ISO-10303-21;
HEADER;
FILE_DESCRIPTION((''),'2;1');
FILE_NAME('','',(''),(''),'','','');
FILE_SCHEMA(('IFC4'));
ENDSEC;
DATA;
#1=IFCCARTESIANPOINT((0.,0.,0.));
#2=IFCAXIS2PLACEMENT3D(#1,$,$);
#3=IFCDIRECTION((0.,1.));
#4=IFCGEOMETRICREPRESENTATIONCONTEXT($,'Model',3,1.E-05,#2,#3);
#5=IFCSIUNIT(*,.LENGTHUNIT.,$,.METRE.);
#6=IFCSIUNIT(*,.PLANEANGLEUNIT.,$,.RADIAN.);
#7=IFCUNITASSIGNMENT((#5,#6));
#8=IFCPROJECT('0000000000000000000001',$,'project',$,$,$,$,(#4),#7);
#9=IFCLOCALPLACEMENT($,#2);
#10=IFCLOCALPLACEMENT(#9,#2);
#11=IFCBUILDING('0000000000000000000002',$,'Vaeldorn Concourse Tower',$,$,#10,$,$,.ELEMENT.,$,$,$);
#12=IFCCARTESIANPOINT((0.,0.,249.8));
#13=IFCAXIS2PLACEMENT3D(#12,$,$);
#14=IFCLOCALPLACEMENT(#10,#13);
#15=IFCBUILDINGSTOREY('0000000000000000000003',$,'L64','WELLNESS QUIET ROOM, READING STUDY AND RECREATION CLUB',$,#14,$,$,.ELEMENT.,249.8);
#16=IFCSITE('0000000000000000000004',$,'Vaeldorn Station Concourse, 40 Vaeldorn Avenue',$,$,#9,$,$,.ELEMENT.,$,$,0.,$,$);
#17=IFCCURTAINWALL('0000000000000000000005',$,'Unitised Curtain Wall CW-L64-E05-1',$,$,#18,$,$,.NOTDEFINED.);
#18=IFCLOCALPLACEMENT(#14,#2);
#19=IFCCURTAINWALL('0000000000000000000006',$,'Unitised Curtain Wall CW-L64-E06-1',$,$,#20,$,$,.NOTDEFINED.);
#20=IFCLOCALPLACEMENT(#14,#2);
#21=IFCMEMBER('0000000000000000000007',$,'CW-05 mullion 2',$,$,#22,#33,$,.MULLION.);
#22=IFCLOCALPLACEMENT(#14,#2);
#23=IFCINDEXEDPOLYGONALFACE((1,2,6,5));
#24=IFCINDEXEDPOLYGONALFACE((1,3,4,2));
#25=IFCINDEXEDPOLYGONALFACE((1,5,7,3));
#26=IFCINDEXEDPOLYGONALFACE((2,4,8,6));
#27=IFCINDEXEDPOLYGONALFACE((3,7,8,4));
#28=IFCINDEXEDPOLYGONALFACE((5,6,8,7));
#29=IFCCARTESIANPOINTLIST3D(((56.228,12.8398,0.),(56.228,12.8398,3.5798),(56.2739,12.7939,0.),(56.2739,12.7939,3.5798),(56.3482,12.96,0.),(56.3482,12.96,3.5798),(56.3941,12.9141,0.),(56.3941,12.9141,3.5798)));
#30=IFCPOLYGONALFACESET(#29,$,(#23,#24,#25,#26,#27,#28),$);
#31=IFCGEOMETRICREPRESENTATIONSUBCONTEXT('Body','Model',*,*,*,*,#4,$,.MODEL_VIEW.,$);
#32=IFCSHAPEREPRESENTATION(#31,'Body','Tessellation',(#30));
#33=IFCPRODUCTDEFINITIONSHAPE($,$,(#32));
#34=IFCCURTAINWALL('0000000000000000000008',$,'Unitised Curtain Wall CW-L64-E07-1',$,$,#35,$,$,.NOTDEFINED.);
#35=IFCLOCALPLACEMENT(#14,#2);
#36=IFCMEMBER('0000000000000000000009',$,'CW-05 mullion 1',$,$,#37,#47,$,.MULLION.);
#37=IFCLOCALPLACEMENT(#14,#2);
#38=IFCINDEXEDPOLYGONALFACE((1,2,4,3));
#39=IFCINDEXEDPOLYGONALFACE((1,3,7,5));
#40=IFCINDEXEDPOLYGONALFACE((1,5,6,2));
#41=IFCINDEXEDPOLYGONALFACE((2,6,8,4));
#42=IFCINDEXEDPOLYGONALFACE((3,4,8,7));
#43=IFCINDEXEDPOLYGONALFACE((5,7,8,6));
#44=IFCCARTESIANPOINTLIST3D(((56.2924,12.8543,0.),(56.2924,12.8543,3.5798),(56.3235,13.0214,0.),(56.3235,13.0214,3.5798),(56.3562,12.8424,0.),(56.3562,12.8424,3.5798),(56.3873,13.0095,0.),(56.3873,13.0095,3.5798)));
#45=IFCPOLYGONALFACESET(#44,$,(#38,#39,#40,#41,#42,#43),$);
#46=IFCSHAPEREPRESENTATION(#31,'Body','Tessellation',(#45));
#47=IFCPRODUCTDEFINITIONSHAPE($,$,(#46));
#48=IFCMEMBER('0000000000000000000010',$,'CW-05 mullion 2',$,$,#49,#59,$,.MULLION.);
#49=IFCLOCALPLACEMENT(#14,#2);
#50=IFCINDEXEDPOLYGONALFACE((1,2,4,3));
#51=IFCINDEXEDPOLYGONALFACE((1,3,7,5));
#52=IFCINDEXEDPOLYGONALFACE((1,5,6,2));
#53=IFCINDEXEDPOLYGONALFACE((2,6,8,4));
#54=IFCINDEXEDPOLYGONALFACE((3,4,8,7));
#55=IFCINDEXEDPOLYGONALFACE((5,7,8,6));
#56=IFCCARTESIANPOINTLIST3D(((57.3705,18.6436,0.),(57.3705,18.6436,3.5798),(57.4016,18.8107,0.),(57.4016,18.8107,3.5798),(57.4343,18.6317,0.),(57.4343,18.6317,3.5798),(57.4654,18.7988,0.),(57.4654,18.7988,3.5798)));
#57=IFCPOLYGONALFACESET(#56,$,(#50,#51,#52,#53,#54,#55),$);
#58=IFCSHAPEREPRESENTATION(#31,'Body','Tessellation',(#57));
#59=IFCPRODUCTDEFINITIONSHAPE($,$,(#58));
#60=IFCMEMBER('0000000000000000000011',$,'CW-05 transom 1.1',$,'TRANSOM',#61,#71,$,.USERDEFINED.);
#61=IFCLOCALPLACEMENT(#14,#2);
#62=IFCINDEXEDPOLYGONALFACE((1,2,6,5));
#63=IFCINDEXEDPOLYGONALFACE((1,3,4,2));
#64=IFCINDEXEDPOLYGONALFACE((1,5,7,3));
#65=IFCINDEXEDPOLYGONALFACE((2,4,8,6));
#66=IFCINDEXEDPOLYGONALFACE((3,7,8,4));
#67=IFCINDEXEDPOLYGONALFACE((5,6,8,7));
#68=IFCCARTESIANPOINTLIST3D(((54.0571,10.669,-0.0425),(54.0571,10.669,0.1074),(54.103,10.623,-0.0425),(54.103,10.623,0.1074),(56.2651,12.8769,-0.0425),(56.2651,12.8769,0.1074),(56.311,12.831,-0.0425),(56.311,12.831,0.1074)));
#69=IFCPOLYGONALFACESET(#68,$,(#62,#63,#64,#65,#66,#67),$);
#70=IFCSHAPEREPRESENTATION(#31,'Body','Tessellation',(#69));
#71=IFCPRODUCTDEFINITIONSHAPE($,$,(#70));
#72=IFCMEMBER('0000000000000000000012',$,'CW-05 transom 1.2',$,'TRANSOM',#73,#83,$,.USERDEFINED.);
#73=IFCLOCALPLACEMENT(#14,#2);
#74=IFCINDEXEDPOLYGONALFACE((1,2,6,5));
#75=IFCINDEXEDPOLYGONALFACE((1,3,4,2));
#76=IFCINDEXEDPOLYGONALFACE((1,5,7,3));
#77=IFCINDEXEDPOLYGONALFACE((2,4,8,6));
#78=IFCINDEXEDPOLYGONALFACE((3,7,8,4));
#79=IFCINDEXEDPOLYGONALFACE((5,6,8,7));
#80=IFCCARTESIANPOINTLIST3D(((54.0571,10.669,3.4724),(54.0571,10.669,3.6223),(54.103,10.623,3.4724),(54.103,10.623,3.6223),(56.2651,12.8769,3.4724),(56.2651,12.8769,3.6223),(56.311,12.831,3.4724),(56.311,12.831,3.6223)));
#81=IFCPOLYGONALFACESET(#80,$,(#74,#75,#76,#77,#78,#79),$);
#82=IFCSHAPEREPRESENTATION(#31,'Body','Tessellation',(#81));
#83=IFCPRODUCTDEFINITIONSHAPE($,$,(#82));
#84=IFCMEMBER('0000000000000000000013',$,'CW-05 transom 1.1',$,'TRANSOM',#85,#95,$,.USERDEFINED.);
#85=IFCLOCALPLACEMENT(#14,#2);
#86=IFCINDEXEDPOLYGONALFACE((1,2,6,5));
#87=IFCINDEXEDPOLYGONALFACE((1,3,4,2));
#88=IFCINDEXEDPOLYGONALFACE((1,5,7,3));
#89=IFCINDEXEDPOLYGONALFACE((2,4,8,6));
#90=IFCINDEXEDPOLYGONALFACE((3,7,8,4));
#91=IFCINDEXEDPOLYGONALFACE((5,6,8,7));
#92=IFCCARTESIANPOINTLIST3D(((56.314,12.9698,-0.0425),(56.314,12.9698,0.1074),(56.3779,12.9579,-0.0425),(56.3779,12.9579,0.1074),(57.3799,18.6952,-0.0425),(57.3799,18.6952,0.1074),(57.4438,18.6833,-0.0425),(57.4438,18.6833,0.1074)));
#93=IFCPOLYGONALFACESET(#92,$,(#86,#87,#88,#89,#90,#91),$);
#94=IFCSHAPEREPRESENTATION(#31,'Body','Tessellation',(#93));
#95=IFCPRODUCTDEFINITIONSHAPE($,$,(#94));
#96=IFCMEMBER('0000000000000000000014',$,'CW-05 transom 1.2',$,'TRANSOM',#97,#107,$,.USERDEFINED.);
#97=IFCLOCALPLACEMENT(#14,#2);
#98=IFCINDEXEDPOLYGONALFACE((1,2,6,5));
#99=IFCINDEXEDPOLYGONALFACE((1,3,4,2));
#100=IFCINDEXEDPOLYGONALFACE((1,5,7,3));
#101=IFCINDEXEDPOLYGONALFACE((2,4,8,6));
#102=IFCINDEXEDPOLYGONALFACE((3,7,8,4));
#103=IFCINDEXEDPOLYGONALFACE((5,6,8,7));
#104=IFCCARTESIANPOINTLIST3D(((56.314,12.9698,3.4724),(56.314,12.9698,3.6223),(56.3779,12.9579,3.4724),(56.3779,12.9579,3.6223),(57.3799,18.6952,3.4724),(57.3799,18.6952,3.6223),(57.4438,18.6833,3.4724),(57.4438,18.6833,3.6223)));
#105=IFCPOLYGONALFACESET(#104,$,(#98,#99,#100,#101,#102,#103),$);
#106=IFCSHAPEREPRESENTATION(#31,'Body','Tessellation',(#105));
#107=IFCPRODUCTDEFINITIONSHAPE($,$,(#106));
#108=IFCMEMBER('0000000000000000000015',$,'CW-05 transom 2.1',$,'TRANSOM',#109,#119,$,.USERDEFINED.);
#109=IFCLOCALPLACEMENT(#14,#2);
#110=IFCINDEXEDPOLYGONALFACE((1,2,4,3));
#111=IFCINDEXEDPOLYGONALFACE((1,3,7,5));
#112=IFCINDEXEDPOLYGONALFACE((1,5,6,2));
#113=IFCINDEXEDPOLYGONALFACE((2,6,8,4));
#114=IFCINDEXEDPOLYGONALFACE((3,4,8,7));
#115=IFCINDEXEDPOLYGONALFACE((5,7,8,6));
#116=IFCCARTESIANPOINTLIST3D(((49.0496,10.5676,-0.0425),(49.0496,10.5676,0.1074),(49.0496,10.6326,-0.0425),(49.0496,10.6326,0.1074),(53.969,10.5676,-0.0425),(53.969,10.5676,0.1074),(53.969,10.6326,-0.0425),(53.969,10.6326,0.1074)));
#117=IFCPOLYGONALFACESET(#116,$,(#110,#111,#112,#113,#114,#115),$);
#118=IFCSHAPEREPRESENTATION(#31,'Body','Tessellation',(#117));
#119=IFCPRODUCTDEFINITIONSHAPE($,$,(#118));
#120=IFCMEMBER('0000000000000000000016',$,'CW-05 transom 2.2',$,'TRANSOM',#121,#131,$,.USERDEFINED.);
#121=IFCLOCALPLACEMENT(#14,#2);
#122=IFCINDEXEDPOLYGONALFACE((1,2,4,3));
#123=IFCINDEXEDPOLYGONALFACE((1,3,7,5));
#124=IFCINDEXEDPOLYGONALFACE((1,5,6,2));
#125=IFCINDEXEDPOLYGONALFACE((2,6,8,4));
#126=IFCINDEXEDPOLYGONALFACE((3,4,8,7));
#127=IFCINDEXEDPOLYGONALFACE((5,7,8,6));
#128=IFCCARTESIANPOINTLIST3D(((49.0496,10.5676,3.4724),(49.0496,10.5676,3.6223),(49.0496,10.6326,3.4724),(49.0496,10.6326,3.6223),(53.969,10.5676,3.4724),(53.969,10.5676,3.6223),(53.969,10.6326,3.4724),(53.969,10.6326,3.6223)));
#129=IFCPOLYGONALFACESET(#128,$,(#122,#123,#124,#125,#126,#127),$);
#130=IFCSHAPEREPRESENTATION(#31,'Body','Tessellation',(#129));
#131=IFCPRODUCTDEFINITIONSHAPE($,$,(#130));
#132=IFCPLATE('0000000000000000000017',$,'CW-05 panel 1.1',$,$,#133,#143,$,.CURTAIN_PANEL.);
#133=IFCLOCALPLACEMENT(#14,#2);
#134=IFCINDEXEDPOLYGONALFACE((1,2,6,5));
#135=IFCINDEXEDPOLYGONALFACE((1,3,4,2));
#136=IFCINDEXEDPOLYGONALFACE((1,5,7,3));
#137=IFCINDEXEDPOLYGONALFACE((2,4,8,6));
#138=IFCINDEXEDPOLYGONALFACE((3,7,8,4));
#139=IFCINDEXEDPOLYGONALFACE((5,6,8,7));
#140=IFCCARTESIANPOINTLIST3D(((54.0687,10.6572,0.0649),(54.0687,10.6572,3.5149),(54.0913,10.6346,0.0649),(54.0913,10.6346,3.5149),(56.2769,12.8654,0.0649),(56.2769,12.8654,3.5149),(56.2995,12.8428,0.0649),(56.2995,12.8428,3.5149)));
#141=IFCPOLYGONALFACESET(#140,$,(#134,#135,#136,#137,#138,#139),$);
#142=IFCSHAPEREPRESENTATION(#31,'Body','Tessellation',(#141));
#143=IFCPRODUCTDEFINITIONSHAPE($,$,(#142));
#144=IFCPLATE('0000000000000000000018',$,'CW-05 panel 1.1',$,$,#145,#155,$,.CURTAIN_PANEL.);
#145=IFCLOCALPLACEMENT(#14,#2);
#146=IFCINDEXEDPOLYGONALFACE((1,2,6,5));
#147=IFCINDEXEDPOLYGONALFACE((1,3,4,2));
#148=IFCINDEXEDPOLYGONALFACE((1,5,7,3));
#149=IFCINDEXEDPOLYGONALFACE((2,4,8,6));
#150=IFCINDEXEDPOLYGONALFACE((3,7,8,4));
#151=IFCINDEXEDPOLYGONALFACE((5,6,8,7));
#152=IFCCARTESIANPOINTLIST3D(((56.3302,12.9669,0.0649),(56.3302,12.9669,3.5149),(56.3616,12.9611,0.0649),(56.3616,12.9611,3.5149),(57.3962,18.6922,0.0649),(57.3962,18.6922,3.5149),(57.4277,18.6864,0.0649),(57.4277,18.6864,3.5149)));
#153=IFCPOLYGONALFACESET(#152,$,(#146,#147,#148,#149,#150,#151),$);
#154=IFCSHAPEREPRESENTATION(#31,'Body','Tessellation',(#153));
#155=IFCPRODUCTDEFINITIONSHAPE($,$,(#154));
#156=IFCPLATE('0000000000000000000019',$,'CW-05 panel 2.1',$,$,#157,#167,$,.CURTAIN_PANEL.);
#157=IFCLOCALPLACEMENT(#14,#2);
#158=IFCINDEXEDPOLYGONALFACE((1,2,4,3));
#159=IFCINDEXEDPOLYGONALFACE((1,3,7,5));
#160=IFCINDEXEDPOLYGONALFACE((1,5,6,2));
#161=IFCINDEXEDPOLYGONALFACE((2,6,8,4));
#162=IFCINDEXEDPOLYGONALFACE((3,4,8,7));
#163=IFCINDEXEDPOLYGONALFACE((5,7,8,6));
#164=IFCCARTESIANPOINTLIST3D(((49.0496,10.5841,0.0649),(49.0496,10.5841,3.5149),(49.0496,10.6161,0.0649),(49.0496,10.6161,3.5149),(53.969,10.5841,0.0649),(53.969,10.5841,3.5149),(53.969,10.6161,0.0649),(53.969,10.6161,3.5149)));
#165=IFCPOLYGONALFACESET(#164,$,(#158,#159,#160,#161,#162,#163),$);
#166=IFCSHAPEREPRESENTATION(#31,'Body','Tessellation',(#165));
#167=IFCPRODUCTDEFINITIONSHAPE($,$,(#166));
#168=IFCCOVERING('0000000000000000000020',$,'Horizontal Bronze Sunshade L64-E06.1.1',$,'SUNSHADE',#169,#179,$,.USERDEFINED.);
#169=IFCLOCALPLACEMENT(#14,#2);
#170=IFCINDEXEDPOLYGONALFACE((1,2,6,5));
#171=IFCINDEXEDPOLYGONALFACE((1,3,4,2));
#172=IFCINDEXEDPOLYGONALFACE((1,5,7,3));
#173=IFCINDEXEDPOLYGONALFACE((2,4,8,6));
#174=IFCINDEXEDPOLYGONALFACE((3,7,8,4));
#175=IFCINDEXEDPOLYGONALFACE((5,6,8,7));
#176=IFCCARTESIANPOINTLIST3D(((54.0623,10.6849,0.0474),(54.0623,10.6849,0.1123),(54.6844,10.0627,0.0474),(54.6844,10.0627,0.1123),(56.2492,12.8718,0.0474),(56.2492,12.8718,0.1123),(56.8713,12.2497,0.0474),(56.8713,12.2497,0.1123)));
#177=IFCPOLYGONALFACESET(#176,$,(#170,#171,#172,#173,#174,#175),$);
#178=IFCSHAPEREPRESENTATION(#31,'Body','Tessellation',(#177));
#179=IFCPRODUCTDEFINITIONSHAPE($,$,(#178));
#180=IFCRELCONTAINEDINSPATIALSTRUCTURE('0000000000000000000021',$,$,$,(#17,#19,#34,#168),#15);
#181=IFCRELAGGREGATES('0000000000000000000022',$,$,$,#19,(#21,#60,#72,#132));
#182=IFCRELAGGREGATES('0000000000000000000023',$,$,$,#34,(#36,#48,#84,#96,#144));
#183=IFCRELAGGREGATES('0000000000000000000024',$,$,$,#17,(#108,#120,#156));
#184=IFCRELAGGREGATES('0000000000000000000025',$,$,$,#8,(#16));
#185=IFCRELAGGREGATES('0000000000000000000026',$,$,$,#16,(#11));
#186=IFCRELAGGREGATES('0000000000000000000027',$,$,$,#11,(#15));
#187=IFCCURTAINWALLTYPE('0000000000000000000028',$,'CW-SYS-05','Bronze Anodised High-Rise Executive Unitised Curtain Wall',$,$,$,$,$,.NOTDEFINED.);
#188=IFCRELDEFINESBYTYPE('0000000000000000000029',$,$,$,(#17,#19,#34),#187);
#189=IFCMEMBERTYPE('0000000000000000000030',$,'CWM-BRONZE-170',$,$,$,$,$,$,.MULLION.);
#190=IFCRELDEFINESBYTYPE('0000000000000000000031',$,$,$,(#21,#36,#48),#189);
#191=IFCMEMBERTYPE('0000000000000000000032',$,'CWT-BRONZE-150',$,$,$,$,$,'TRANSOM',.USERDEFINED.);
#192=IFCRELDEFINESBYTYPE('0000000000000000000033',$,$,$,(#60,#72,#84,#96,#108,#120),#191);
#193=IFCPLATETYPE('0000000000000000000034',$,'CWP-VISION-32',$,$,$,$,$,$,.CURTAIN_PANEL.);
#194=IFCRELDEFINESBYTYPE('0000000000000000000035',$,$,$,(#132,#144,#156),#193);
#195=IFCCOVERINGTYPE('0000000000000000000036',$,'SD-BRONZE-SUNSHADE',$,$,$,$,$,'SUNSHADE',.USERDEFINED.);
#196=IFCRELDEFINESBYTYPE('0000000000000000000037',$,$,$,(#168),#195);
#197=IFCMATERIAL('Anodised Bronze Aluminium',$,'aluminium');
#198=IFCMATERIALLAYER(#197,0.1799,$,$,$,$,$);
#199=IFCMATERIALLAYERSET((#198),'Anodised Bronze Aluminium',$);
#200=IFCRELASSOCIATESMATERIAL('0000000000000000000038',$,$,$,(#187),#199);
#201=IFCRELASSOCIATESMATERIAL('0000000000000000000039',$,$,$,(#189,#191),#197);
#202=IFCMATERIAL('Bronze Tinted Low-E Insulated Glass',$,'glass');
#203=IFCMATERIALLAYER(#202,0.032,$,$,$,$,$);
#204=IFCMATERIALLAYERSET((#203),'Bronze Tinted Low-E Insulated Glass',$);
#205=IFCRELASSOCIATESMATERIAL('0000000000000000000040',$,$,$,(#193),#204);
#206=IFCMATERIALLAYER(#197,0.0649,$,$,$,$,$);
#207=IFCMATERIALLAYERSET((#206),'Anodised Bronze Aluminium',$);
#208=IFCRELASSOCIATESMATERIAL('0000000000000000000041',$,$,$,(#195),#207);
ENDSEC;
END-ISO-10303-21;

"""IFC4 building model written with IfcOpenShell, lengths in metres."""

from ifc_helpers import new_model, si_unit, direction, frame, origin, origin_2d, place, context, subcontext, project, spatial, rectangle, extrude, source, transform, mapped, material, layer, layer_set, material_profile, profile_set, type_object, element, aggregate, save


model = new_model("IFC4")

# Units and contexts
model_context = context("Model", 3, precision=1e-05, world=origin(), true_north=direction((0.0, 1.0)))
body_context = subcontext(model_context, "Body", "Model", "MODEL_VIEW")
ifc_project = project(units=[si_unit("LENGTHUNIT", "METRE"), si_unit("PLANEANGLEUNIT", "RADIAN")], contexts=[model_context])

# Site, building, storey
site_placement = place(None, origin())
site = spatial("IfcSite", under=ifc_project, at=site_placement, Name="Vaeldorn Station Concourse, 40 Vaeldorn Avenue", CompositionType="ELEMENT", RefElevation=0.0)
building_placement = place(site_placement, origin())
building = spatial("IfcBuilding", under=site, at=building_placement, Name="Vaeldorn Concourse Tower", CompositionType="ELEMENT")
storey_placement = place(building_placement, frame((0.0, 0.0, 249.8)))
storey = spatial("IfcBuildingStorey", under=building, at=storey_placement, Name="L64", Description="WELLNESS QUIET ROOM, READING STUDY AND RECREATION CLUB", CompositionType="ELEMENT", Elevation=249.8)

# Curtain walls, members
ifc_material_1 = material(Name="Anodised Bronze Aluminium", Category="aluminium")
ifc_layer_1 = layer(ifc_material_1, 0.1799)
ifc_layer_set_1 = layer_set([ifc_layer_1], Name="Anodised Bronze Aluminium")
curtain_wall_type = type_object("IfcCurtainWallType", Name="CW-SYS-05", Description="Bronze Anodised High-Rise Executive Unitised Curtain Wall", PredefinedType="NOTDEFINED", material=ifc_layer_set_1)
curtain_wall_1_placement = place(storey_placement, origin())
curtain_wall_1 = element("IfcCurtainWall", 1, at=curtain_wall_1_placement, inside=storey, type_object=curtain_wall_type, Name="Unitised Curtain Wall CW-L64-E05-1", PredefinedType="NOTDEFINED")
ifc_material_profile_1 = material_profile(ifc_material_1, rectangle(XDim=0.0649, YDim=0.1699, at=origin_2d()), Name="CWM 65x170")
ifc_profile_set_1 = profile_set([ifc_material_profile_1], Name="Anodised Bronze Aluminium")
member_type_1 = type_object("IfcMemberType", Name="CWM-BRONZE-170", PredefinedType="MULLION", material=ifc_profile_set_1)
shared_shape_1 = source(origin(), body_context, "Body", "SweptSolid", [
    extrude(rectangle(XDim=0.0649, YDim=0.1699, at=origin_2d()), origin(), (0.0, 0.0, 1.0), 3.5798),
])
curtain_wall_2_placement = place(storey_placement, origin())
curtain_wall_2 = element("IfcCurtainWall", 2, at=curtain_wall_2_placement, inside=storey, type_object=curtain_wall_type, Name="Unitised Curtain Wall CW-L64-E06-1", PredefinedType="NOTDEFINED")
member_1_placement = place(storey_placement, frame((56.311, 12.877, 0.0), z_axis=(0.0, 0.0, 1.0), x_axis=(-0.707107, 0.707107, 0.0)))
member_1 = element("IfcMember", 3, at=member_1_placement, type_object=member_type_1, Name="CW-05 mullion 2", PredefinedType="MULLION", context=body_context, shape_type="MappedRepresentation", body=[
    mapped(shared_shape_1, transform((0.0, 0.0, 0.0), scale=1.0)),
])
curtain_wall_3_placement = place(storey_placement, origin())
curtain_wall_3 = element("IfcCurtainWall", 4, at=curtain_wall_3_placement, inside=storey, type_object=curtain_wall_type, Name="Unitised Curtain Wall CW-L64-E07-1", PredefinedType="NOTDEFINED")
member_2_placement = place(storey_placement, frame((56.3398, 12.9319, 0.0), z_axis=(0.0, 0.0, 1.0), x_axis=(-0.983103, 0.183055, 0.0)))
member_2 = element("IfcMember", 5, at=member_2_placement, type_object=member_type_1, Name="CW-05 mullion 1", PredefinedType="MULLION", context=body_context, shape_type="MappedRepresentation", body=[
    mapped(shared_shape_1, transform((0.0, 0.0, 0.0), scale=1.0)),
])
member_3_placement = place(storey_placement, frame((57.418, 18.7212, 0.0), z_axis=(0.0, 0.0, 1.0), x_axis=(-0.983103, 0.183055, 0.0)))
member_3 = element("IfcMember", 6, at=member_3_placement, type_object=member_type_1, Name="CW-05 mullion 2", PredefinedType="MULLION", context=body_context, shape_type="MappedRepresentation", body=[
    mapped(shared_shape_1, transform((0.0, 0.0, 0.0), scale=1.0)),
])

# Members
ifc_material_profile_2 = material_profile(ifc_material_1, rectangle(XDim=0.0649, YDim=0.1499, at=origin_2d()), Name="CWT 65x150")
ifc_profile_set_2 = profile_set([ifc_material_profile_2], Name="Anodised Bronze Aluminium")
member_type_2 = type_object("IfcMemberType", Name="CWT-BRONZE-150", ElementType="TRANSOM", PredefinedType="USERDEFINED", material=ifc_profile_set_2)
shared_shape_2 = source(origin(), body_context, "Body", "SweptSolid", [
    extrude(rectangle(XDim=0.0649, YDim=0.1499, at=origin_2d()), origin(), (0.0, 0.0, 1.0), 3.1226),
])
member_4_placement = place(storey_placement, frame((54.0801, 10.646, 0.0325), z_axis=(0.707107, 0.707107, 0.0), x_axis=(-0.707107, 0.707107, 0.0)))
member_4 = element("IfcMember", 7, at=member_4_placement, type_object=member_type_2, Name="CW-05 transom 1.1", ObjectType="TRANSOM", PredefinedType="USERDEFINED", context=body_context, shape_type="MappedRepresentation", body=[
    mapped(shared_shape_2, transform((0.0, 0.0, 0.0), scale=1.0)),
])
member_5_placement = place(storey_placement, frame((54.0801, 10.646, 3.5474), z_axis=(0.707107, 0.707107, 0.0), x_axis=(-0.707107, 0.707107, 0.0)))
member_5 = element("IfcMember", 8, at=member_5_placement, type_object=member_type_2, Name="CW-05 transom 1.2", ObjectType="TRANSOM", PredefinedType="USERDEFINED", context=body_context, shape_type="MappedRepresentation", body=[
    mapped(shared_shape_2, transform((0.0, 0.0, 0.0), scale=1.0)),
])
shared_shape_3 = source(origin(), body_context, "Body", "SweptSolid", [
    extrude(rectangle(XDim=0.0649, YDim=0.1499, at=origin_2d()), origin(), (0.0, 0.0, 1.0), 5.8237),
])
member_6_placement = place(storey_placement, frame((56.3459, 12.9639, 0.0325), z_axis=(0.18303, 0.983107, 0.0), x_axis=(-0.983107, 0.18303, 0.0)))
member_6 = element("IfcMember", 9, at=member_6_placement, type_object=member_type_2, Name="CW-05 transom 1.1", ObjectType="TRANSOM", PredefinedType="USERDEFINED", context=body_context, shape_type="MappedRepresentation", body=[
    mapped(shared_shape_3, transform((0.0, 0.0, 0.0), scale=1.0)),
])
member_7_placement = place(storey_placement, frame((56.3459, 12.9639, 3.5474), z_axis=(0.18303, 0.983107, 0.0), x_axis=(-0.983107, 0.18303, 0.0)))
member_7 = element("IfcMember", 10, at=member_7_placement, type_object=member_type_2, Name="CW-05 transom 1.2", ObjectType="TRANSOM", PredefinedType="USERDEFINED", context=body_context, shape_type="MappedRepresentation", body=[
    mapped(shared_shape_3, transform((0.0, 0.0, 0.0), scale=1.0)),
])
shared_shape_4 = source(origin(), body_context, "Body", "SweptSolid", [
    extrude(rectangle(XDim=0.0649, YDim=0.1499, at=origin_2d()), origin(), (0.0, 0.0, 1.0), 4.9194),
])
member_8_placement = place(storey_placement, frame((49.0496, 10.6001, 0.0325), z_axis=(1.0, 0.0, 0.0), x_axis=(0.0, 1.0, 0.0)))
member_8 = element("IfcMember", 11, at=member_8_placement, type_object=member_type_2, Name="CW-05 transom 2.1", ObjectType="TRANSOM", PredefinedType="USERDEFINED", context=body_context, shape_type="MappedRepresentation", body=[
    mapped(shared_shape_4, transform((0.0, 0.0, 0.0), scale=1.0)),
])
member_9_placement = place(storey_placement, frame((49.0496, 10.6001, 3.5474), z_axis=(1.0, 0.0, 0.0), x_axis=(0.0, 1.0, 0.0)))
member_9 = element("IfcMember", 12, at=member_9_placement, type_object=member_type_2, Name="CW-05 transom 2.2", ObjectType="TRANSOM", PredefinedType="USERDEFINED", context=body_context, shape_type="MappedRepresentation", body=[
    mapped(shared_shape_4, transform((0.0, 0.0, 0.0), scale=1.0)),
])

# Plates
ifc_material_2 = material(Name="Bronze Tinted Low-E Insulated Glass", Category="glass")
ifc_layer_2 = layer(ifc_material_2, 0.032)
ifc_layer_set_2 = layer_set([ifc_layer_2], Name="Bronze Tinted Low-E Insulated Glass")
plate_type = type_object("IfcPlateType", Name="CWP-VISION-32", PredefinedType="CURTAIN_PANEL", material=ifc_layer_set_2)
shared_shape_5 = source(origin(), body_context, "Body", "SweptSolid", [
    extrude(rectangle(XDim=3.1228, YDim=0.032, at=origin_2d()), origin(), (0.0, 0.0, 1.0), 3.45),
])
plate_1_placement = place(storey_placement, frame((55.1841, 11.75, 0.0649), z_axis=(0.0, 0.0, 1.0), x_axis=(0.707107, 0.707107, 0.0)))
plate_1 = element("IfcPlate", 13, at=plate_1_placement, type_object=plate_type, Name="CW-05 panel 1.1", PredefinedType="CURTAIN_PANEL", context=body_context, shape_type="MappedRepresentation", body=[
    mapped(shared_shape_5, transform((0.0, 0.0, 0.0), scale=1.0)),
])
aggregate(curtain_wall_2, [member_1, member_4, member_5, plate_1])
shared_shape_6 = source(origin(), body_context, "Body", "SweptSolid", [
    extrude(rectangle(XDim=5.8237, YDim=0.032, at=origin_2d()), origin(), (0.0, 0.0, 1.0), 3.45),
])
plate_2_placement = place(storey_placement, frame((56.8789, 15.8267, 0.0649), z_axis=(0.0, 0.0, 1.0), x_axis=(0.183055, 0.983103, 0.0)))
plate_2 = element("IfcPlate", 14, at=plate_2_placement, type_object=plate_type, Name="CW-05 panel 1.1", PredefinedType="CURTAIN_PANEL", context=body_context, shape_type="MappedRepresentation", body=[
    mapped(shared_shape_6, transform((0.0, 0.0, 0.0), scale=1.0)),
])
aggregate(curtain_wall_3, [member_2, member_3, member_6, member_7, plate_2])
shared_shape_7 = source(origin(), body_context, "Body", "SweptSolid", [
    extrude(rectangle(XDim=4.9194, YDim=0.032, at=origin_2d()), origin(), (0.0, 0.0, 1.0), 3.45),
])
plate_3_placement = place(storey_placement, frame((51.5093, 10.6001, 0.0649), z_axis=(0.0, 0.0, 1.0), x_axis=(1.0, 0.0, 0.0)))
plate_3 = element("IfcPlate", 15, at=plate_3_placement, type_object=plate_type, Name="CW-05 panel 2.1", PredefinedType="CURTAIN_PANEL", context=body_context, shape_type="MappedRepresentation", body=[
    mapped(shared_shape_7, transform((0.0, 0.0, 0.0), scale=1.0)),
])
aggregate(curtain_wall_1, [member_8, member_9, plate_3])

# Covering
ifc_layer_3 = layer(ifc_material_1, 0.0649)
ifc_layer_set_3 = layer_set([ifc_layer_3], Name="Anodised Bronze Aluminium")
covering_type = type_object("IfcCoveringType", Name="SD-BRONZE-SUNSHADE", ElementType="SUNSHADE", PredefinedType="USERDEFINED", material=ifc_layer_set_3)
shared_shape_8 = source(origin(), body_context, "Body", "SweptSolid", [
    extrude(rectangle(XDim=3.0928, YDim=0.8799, at=origin_2d()), origin(), (0.0, 0.0, 1.0), 0.0649),
])
for number, where, z_axis, x_axis, name in (
    (16, (55.4668, 11.4673, 0.0474), (0.0, 0.0, 1.0), (0.707107, 0.707107, 0.0), "Horizontal Bronze Sunshade L64-E06.1.1"),
):
    element("IfcCovering", number, at=place(storey_placement, frame(where, z_axis=z_axis, x_axis=x_axis)), inside=storey, type_object=covering_type, Name=name, ObjectType="SUNSHADE", PredefinedType="USERDEFINED", context=body_context, shape_type="MappedRepresentation", body=[
        mapped(shared_shape_8, transform((0.0, 0.0, 0.0), scale=1.0)),
    ])

save(model, "model.ifc")
